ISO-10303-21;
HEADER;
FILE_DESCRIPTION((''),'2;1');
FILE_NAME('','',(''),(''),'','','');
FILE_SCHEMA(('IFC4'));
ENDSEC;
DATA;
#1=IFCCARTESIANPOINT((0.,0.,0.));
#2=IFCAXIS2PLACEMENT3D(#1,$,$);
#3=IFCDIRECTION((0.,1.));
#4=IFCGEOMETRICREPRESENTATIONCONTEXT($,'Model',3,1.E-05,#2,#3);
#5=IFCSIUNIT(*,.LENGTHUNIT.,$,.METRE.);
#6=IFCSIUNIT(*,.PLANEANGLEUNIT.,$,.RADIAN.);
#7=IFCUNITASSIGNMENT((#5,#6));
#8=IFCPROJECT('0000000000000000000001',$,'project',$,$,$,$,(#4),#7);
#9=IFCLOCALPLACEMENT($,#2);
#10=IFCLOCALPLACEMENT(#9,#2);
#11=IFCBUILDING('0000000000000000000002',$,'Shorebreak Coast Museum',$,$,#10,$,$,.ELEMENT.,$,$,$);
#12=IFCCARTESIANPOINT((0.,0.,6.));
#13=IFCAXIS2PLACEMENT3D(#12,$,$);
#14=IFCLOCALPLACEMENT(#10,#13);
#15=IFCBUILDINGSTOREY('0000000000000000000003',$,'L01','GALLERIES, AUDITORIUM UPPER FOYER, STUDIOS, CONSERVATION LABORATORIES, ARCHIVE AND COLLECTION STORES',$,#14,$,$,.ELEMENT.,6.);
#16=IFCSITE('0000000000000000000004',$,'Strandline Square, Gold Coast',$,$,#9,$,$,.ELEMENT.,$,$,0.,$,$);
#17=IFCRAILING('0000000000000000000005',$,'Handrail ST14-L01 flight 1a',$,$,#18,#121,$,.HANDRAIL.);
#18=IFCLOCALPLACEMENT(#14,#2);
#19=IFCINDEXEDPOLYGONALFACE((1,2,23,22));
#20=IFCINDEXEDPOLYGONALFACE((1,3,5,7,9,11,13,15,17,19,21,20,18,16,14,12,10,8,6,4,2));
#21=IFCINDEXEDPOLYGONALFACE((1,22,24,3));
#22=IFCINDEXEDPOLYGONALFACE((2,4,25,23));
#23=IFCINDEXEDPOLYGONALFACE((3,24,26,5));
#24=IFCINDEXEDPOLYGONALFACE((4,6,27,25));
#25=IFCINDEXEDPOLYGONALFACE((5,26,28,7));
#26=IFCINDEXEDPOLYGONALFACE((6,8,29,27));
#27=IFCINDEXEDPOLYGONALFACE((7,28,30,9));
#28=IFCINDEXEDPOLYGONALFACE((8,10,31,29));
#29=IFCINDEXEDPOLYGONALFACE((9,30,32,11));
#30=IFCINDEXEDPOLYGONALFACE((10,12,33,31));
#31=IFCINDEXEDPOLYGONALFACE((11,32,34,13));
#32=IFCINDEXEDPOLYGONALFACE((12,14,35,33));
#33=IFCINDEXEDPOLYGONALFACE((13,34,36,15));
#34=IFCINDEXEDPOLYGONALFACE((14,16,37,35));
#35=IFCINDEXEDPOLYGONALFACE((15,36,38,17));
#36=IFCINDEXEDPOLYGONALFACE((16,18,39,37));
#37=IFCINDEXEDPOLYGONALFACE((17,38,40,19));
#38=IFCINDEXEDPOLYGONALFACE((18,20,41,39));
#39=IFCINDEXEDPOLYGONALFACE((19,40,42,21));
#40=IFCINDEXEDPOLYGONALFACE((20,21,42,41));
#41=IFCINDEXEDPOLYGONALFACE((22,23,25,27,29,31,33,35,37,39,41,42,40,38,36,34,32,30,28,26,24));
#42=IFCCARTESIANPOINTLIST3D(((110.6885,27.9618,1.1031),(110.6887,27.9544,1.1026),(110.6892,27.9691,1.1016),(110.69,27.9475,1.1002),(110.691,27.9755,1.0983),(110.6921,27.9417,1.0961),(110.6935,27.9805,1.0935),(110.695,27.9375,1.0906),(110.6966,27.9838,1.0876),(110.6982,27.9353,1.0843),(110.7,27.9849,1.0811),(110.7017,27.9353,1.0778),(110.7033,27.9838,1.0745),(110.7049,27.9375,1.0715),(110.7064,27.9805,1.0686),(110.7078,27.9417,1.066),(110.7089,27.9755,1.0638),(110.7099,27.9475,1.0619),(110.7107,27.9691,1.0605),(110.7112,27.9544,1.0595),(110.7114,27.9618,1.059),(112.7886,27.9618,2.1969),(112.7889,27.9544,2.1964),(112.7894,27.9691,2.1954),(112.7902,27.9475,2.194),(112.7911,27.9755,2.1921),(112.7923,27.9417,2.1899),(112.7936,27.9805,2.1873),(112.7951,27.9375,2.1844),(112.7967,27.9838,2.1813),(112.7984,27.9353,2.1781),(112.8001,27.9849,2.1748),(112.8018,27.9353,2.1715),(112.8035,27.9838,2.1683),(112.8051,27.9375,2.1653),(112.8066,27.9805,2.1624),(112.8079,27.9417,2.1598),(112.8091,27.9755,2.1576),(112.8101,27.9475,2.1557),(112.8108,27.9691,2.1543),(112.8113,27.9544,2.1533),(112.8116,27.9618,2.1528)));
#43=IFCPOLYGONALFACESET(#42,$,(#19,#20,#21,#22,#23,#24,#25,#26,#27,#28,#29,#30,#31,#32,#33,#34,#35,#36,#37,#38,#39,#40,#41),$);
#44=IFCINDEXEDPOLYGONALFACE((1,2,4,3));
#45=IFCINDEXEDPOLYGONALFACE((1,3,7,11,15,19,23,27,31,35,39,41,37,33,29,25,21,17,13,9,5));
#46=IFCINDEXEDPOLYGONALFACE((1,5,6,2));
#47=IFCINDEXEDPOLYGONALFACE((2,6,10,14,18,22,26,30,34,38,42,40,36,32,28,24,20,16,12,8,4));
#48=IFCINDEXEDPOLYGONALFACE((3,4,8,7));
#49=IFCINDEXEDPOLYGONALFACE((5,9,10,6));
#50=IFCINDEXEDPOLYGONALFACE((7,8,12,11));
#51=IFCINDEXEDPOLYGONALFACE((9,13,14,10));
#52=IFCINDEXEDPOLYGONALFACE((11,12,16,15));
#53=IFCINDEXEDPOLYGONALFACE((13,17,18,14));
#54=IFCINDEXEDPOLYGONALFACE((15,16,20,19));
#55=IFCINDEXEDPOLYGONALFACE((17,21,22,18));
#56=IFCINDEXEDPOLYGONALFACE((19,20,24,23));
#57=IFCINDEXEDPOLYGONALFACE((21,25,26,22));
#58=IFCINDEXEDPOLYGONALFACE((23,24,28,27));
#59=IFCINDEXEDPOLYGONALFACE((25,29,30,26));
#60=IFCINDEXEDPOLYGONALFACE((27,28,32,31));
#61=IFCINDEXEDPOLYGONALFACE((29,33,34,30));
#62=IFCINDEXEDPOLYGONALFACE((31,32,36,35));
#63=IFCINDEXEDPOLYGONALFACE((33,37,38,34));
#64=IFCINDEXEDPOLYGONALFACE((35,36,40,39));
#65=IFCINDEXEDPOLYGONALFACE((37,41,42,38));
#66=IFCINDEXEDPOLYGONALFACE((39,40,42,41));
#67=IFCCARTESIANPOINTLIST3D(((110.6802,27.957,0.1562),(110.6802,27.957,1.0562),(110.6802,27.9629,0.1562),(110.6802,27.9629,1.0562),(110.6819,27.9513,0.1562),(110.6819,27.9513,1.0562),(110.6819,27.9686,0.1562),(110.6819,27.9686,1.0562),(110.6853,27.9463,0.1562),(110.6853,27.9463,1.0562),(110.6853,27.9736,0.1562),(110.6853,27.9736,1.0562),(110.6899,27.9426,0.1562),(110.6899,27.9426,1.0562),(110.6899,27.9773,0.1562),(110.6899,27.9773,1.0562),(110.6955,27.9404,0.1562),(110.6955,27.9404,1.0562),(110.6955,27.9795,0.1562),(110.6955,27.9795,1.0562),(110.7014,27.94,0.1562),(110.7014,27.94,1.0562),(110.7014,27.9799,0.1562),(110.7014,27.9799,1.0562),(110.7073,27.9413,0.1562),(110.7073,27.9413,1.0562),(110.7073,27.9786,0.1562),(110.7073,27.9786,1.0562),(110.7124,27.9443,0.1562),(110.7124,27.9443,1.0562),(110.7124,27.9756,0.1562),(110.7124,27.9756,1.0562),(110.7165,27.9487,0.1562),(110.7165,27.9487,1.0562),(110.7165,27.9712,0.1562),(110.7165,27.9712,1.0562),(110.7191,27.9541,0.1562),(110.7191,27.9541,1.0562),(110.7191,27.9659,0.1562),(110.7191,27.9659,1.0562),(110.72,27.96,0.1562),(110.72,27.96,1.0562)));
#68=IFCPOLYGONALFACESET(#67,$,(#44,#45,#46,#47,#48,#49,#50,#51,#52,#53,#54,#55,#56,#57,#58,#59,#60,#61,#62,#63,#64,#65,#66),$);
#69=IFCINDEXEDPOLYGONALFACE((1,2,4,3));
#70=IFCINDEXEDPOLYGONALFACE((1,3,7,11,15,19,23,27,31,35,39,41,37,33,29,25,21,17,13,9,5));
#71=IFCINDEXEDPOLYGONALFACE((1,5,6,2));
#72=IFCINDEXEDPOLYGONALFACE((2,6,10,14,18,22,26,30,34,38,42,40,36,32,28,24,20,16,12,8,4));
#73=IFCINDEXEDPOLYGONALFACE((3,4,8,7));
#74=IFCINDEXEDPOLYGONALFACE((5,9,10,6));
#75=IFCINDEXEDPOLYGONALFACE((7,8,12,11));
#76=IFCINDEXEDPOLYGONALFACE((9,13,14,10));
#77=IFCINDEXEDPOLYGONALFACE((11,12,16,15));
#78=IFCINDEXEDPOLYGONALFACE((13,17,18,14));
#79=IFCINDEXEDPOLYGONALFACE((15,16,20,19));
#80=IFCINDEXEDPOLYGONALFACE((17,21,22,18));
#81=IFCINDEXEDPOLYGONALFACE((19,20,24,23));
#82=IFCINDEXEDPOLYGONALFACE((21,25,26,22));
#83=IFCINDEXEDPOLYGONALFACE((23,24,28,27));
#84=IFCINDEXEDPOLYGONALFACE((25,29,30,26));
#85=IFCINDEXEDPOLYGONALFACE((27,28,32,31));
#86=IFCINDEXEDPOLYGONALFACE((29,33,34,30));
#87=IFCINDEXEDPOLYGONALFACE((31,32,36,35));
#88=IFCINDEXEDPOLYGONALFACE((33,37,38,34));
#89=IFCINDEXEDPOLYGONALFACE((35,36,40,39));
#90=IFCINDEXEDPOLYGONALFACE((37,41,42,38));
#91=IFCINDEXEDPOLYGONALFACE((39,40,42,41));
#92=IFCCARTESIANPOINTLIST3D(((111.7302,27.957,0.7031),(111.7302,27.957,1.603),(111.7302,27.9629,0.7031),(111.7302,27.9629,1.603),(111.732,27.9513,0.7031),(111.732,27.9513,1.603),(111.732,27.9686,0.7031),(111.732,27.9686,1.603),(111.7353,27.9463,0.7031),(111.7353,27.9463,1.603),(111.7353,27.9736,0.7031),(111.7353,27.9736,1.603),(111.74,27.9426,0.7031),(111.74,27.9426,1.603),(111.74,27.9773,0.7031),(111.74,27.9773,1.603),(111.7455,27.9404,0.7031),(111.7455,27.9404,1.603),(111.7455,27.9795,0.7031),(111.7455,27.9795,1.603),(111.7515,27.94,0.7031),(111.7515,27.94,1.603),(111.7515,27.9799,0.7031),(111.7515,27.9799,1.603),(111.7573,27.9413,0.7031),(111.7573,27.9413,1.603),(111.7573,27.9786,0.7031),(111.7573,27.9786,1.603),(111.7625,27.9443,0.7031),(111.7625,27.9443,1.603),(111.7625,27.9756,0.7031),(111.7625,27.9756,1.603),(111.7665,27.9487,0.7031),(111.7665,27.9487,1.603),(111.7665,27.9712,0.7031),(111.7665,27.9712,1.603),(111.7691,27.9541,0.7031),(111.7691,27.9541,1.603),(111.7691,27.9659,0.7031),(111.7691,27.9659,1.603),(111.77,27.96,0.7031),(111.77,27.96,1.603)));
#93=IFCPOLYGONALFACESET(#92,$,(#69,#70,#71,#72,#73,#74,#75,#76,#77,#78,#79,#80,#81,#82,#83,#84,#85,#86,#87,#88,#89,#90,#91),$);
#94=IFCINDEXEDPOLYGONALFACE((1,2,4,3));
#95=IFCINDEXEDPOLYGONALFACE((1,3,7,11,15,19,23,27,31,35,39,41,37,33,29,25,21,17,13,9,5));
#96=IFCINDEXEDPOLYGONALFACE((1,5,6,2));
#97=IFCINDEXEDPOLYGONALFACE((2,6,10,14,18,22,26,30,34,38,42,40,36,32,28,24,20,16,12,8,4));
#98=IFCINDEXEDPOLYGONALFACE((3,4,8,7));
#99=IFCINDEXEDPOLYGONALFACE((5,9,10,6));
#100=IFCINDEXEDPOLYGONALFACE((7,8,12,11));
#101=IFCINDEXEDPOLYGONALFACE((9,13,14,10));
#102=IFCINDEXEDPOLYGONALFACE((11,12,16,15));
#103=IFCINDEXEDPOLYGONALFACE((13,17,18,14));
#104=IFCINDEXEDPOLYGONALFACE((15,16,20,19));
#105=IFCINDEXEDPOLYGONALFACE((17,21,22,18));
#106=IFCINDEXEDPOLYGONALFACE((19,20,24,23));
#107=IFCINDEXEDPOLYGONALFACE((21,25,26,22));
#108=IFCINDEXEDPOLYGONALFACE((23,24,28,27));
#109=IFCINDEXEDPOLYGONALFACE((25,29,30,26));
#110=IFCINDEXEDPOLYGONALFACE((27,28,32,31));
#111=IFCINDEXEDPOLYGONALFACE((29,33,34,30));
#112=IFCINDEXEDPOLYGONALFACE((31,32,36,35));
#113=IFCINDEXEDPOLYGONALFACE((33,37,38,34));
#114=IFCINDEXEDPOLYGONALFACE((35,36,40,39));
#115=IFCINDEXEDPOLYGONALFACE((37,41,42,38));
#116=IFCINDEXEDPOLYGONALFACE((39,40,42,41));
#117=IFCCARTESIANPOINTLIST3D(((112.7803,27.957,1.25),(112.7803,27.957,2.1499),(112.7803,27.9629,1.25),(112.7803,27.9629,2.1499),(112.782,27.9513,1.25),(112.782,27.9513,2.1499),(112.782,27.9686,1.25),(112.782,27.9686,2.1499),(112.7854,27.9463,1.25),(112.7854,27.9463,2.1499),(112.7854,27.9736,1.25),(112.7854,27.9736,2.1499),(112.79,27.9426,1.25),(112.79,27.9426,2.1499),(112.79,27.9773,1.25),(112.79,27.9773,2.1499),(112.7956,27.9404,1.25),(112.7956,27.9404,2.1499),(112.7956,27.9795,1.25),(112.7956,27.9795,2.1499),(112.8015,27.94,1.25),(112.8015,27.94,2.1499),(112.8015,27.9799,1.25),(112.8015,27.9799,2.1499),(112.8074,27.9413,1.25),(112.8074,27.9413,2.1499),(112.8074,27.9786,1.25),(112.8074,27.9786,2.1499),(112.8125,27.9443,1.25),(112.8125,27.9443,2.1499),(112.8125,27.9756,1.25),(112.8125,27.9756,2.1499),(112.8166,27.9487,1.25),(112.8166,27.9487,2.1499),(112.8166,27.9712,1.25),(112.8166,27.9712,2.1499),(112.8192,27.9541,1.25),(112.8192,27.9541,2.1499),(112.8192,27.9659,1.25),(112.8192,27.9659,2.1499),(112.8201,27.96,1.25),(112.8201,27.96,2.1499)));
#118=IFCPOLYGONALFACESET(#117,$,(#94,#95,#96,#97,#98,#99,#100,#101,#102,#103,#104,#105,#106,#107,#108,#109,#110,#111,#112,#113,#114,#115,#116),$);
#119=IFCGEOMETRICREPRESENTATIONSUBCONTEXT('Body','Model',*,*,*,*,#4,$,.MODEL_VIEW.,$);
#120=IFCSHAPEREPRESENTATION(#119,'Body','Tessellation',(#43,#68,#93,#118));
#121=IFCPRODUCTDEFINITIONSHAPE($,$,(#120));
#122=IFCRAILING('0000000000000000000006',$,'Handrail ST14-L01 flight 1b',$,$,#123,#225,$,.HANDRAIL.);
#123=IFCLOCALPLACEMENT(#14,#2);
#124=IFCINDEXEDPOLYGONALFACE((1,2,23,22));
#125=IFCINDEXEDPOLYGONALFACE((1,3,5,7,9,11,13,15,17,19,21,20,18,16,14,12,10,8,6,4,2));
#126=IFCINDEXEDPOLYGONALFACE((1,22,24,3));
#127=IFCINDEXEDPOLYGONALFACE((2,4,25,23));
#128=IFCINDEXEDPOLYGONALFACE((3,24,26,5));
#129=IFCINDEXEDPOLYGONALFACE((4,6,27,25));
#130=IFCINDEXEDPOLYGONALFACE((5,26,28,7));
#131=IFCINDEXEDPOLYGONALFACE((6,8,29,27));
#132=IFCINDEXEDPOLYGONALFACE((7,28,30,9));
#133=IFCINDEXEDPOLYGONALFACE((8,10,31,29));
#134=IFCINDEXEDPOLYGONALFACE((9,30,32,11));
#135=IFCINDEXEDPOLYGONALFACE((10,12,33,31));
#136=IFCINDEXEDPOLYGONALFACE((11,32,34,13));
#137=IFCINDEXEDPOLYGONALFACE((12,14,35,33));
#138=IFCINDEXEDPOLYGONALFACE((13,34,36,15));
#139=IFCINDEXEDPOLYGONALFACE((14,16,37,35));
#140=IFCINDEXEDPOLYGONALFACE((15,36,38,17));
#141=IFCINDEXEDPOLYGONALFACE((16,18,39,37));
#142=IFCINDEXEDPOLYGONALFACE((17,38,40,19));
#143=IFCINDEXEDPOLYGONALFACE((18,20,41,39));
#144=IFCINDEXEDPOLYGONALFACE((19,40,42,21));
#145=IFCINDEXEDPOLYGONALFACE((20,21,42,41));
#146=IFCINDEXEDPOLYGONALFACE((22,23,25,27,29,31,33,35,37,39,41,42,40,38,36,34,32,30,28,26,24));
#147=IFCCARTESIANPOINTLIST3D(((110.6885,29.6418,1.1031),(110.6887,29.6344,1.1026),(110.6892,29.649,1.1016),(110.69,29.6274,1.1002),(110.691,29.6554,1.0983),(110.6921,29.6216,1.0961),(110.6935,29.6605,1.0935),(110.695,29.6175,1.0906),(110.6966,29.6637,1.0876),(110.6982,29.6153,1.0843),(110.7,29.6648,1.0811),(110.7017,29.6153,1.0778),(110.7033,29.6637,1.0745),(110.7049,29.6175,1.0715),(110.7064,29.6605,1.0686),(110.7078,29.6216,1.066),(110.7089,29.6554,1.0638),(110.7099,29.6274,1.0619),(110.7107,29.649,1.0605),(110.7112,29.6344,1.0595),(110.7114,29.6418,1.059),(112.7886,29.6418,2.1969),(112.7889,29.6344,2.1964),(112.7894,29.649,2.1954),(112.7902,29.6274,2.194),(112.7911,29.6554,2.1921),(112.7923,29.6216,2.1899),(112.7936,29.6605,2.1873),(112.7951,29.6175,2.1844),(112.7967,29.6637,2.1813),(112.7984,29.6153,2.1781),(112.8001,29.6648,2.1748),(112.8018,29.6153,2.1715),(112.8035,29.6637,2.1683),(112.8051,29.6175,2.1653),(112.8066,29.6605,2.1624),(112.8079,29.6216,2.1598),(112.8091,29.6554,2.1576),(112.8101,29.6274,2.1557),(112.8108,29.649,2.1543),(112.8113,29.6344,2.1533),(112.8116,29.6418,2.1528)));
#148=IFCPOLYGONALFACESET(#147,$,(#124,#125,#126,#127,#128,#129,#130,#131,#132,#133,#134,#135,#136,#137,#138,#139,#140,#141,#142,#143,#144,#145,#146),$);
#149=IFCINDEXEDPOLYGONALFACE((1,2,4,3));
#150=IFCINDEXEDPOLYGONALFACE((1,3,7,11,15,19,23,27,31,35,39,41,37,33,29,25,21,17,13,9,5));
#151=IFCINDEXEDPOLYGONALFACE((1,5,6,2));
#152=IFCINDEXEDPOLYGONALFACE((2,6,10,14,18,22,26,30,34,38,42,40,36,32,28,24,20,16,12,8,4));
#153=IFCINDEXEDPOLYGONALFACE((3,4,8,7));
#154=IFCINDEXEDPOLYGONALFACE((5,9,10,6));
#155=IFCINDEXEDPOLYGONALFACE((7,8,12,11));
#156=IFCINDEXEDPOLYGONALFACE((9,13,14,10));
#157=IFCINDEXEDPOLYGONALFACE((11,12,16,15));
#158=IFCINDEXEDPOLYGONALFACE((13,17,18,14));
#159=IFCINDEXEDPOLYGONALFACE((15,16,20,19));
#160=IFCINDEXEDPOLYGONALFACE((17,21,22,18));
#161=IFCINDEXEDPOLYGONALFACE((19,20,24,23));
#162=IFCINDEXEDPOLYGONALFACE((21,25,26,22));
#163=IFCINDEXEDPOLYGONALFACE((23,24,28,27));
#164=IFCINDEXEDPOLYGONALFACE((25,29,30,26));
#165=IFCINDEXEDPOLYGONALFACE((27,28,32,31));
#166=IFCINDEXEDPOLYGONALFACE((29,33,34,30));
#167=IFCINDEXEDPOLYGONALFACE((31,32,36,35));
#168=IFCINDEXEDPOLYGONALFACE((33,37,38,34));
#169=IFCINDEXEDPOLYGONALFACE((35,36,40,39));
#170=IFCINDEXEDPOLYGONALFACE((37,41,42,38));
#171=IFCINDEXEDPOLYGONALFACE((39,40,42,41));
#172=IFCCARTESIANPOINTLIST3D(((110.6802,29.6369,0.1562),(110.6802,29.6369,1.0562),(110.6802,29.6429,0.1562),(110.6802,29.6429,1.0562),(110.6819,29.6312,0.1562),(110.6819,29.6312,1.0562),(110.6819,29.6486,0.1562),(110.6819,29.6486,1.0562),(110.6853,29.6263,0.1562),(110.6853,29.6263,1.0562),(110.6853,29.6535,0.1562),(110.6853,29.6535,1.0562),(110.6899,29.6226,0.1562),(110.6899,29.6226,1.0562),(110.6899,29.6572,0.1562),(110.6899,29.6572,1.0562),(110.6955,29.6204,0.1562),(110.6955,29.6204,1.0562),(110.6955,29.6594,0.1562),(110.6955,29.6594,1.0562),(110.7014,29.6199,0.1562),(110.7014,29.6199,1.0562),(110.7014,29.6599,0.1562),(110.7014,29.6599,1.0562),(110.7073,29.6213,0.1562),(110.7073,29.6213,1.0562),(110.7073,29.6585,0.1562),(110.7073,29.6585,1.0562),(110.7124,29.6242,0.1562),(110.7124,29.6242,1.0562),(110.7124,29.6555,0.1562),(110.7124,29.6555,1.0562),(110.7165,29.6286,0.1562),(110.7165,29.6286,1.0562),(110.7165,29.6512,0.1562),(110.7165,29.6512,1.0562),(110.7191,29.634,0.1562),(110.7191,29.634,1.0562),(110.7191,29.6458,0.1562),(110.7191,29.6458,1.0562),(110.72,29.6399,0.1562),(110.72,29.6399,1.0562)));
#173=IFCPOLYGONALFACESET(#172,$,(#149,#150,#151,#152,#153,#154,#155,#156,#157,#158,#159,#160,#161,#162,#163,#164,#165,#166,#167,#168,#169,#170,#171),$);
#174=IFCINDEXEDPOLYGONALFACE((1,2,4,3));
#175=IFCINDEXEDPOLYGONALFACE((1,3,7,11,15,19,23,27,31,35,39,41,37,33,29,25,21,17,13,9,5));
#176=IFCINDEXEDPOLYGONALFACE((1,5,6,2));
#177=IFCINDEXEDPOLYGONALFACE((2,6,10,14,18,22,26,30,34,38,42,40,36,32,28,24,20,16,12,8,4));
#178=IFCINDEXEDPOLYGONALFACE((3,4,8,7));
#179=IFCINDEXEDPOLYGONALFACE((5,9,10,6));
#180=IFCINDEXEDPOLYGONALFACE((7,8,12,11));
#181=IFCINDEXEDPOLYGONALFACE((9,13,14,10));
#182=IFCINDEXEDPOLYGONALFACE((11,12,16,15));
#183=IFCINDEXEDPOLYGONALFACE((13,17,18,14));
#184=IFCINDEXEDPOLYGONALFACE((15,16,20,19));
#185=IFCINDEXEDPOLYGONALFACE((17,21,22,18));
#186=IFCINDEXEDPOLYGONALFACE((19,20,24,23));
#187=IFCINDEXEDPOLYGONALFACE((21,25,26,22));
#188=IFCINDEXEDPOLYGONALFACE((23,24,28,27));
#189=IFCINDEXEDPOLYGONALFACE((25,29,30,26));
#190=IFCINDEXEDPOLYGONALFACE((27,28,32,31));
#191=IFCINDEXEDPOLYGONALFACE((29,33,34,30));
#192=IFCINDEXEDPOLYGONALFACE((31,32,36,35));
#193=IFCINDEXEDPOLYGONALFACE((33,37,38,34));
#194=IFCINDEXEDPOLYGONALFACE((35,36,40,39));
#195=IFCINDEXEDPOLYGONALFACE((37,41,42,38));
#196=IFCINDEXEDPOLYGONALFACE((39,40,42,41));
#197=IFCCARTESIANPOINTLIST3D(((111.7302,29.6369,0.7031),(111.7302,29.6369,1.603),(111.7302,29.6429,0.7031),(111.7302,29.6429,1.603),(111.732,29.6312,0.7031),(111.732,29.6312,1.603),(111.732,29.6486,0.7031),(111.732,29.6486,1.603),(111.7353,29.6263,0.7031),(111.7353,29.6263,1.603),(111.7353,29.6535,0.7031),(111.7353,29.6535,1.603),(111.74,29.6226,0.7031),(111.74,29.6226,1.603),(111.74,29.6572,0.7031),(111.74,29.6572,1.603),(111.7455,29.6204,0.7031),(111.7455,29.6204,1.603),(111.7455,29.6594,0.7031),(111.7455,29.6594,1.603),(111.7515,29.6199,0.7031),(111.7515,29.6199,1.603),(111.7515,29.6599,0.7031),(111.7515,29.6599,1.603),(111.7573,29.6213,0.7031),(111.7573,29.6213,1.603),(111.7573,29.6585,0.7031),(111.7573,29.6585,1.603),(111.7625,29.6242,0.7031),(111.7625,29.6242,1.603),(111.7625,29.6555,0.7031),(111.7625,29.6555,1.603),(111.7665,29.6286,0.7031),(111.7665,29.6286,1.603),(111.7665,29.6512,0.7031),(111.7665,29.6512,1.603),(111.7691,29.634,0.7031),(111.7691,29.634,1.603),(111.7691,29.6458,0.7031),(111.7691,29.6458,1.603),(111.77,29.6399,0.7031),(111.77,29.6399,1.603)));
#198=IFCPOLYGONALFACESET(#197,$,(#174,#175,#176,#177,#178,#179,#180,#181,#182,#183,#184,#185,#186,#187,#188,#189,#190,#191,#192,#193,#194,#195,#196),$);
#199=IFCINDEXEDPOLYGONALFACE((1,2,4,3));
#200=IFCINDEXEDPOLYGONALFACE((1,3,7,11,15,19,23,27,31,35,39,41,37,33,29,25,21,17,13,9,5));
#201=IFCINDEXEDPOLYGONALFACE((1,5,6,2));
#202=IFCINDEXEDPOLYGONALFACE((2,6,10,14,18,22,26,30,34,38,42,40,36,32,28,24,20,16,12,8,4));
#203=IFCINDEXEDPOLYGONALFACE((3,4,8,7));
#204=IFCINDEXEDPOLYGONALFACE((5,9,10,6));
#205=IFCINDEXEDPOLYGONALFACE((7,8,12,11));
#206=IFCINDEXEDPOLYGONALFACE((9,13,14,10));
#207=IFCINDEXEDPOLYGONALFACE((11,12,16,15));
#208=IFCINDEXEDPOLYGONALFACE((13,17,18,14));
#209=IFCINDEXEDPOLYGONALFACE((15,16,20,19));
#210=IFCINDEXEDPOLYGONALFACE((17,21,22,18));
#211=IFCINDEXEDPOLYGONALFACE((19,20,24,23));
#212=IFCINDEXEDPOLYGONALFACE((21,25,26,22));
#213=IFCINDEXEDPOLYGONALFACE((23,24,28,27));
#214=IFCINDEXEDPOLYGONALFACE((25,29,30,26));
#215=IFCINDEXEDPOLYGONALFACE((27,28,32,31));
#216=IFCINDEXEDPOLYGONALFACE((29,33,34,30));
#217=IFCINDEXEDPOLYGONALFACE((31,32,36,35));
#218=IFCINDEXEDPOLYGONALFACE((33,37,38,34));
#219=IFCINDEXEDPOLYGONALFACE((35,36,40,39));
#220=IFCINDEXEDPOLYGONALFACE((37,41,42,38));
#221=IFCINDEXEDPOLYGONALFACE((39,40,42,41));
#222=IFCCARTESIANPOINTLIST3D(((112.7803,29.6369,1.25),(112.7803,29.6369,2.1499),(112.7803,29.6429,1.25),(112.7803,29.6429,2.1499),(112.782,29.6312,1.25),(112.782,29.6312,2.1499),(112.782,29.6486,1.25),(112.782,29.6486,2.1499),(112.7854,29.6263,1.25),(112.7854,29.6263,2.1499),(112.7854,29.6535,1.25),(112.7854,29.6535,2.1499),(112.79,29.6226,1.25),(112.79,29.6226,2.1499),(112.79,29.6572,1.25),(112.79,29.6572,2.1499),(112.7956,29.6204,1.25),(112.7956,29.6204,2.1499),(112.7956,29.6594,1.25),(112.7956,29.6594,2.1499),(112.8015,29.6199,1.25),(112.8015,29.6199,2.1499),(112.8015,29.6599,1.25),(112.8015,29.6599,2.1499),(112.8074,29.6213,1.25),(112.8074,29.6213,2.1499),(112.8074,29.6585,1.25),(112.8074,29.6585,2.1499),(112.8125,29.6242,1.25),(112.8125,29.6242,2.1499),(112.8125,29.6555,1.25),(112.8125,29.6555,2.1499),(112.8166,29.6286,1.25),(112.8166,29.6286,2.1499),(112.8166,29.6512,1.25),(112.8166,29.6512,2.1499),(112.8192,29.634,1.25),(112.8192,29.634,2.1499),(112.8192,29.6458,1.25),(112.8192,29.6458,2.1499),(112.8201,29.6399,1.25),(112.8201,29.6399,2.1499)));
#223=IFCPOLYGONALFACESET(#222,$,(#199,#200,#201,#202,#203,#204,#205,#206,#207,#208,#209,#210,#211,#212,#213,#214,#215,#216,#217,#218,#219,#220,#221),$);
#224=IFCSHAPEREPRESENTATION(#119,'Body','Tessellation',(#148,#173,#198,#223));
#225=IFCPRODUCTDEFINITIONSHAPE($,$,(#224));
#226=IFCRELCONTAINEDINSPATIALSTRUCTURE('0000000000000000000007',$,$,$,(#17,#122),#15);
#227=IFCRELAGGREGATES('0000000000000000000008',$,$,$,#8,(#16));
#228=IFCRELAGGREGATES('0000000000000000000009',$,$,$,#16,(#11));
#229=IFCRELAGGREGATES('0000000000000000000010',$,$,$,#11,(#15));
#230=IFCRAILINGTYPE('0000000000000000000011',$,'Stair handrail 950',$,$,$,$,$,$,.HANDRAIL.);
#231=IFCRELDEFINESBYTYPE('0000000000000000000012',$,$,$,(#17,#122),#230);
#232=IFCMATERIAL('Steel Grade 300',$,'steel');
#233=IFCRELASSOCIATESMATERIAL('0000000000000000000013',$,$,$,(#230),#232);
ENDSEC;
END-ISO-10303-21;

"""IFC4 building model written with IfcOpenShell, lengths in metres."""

from ifc_helpers import new_model, si_unit, direction, frame, origin, origin_2d, place, context, subcontext, project, spatial, circle, extrude, material, type_object, element, save


model = new_model("IFC4")

# Units and contexts
model_context = context("Model", 3, precision=1e-05, world=origin(), true_north=direction((0.0, 1.0)))
body_context = subcontext(model_context, "Body", "Model", "MODEL_VIEW")
ifc_project = project(units=[si_unit("LENGTHUNIT", "METRE"), si_unit("PLANEANGLEUNIT", "RADIAN")], contexts=[model_context])

# Site, building, storey
site_placement = place(None, origin())
site = spatial("IfcSite", under=ifc_project, at=site_placement, Name="Strandline Square, Gold Coast", CompositionType="ELEMENT", RefElevation=0.0)
building_placement = place(site_placement, origin())
building = spatial("IfcBuilding", under=site, at=building_placement, Name="Shorebreak Coast Museum", CompositionType="ELEMENT")
storey_placement = place(building_placement, frame((0.0, 0.0, 6.0)))
storey = spatial("IfcBuildingStorey", under=building, at=storey_placement, Name="L01", Description="GALLERIES, AUDITORIUM UPPER FOYER, STUDIOS, CONSERVATION LABORATORIES, ARCHIVE AND COLLECTION STORES", CompositionType="ELEMENT", Elevation=6.0)

# Railings
ifc_material_1 = material(Name="Steel Grade 300", Category="steel")
railing_type_1 = type_object("IfcRailingType", Name="Stair handrail 950", PredefinedType="HANDRAIL", material=ifc_material_1)
for number, where, name in (
    (1, (110.7, 27.96, 0.1562), "Handrail ST14-L01 flight 1a"),
    (2, (110.7, 29.6399, 0.1562), "Handrail ST14-L01 flight 1b"),
):
    element("IfcRailing", number, at=place(storey_placement, frame(where)), inside=storey, type_object=railing_type_1, Name=name, PredefinedType="HANDRAIL", context=body_context, shape_type="SweptSolid", body=[
        extrude(circle(Radius=0.0249, at=origin_2d()), frame((0.0, 0.0, 0.9248), z_axis=(0.886923, 0.0, 0.461918), x_axis=(0.0, 1.0, 0.0)), (0.0, 0.0, 1.0), 2.3679),
        extrude(circle(Radius=0.02, at=origin_2d()), origin(), (0.0, 0.0, 1.0), 0.8999),
        extrude(circle(Radius=0.02, at=origin_2d()), frame((1.05, 0.0, 0.5469)), (0.0, 0.0, 1.0), 0.8999),
        extrude(circle(Radius=0.02, at=origin_2d()), frame((2.1001, 0.0, 1.0938)), (0.0, 0.0, 1.0), 0.8999),
    ])

save(model, "model.ifc")
